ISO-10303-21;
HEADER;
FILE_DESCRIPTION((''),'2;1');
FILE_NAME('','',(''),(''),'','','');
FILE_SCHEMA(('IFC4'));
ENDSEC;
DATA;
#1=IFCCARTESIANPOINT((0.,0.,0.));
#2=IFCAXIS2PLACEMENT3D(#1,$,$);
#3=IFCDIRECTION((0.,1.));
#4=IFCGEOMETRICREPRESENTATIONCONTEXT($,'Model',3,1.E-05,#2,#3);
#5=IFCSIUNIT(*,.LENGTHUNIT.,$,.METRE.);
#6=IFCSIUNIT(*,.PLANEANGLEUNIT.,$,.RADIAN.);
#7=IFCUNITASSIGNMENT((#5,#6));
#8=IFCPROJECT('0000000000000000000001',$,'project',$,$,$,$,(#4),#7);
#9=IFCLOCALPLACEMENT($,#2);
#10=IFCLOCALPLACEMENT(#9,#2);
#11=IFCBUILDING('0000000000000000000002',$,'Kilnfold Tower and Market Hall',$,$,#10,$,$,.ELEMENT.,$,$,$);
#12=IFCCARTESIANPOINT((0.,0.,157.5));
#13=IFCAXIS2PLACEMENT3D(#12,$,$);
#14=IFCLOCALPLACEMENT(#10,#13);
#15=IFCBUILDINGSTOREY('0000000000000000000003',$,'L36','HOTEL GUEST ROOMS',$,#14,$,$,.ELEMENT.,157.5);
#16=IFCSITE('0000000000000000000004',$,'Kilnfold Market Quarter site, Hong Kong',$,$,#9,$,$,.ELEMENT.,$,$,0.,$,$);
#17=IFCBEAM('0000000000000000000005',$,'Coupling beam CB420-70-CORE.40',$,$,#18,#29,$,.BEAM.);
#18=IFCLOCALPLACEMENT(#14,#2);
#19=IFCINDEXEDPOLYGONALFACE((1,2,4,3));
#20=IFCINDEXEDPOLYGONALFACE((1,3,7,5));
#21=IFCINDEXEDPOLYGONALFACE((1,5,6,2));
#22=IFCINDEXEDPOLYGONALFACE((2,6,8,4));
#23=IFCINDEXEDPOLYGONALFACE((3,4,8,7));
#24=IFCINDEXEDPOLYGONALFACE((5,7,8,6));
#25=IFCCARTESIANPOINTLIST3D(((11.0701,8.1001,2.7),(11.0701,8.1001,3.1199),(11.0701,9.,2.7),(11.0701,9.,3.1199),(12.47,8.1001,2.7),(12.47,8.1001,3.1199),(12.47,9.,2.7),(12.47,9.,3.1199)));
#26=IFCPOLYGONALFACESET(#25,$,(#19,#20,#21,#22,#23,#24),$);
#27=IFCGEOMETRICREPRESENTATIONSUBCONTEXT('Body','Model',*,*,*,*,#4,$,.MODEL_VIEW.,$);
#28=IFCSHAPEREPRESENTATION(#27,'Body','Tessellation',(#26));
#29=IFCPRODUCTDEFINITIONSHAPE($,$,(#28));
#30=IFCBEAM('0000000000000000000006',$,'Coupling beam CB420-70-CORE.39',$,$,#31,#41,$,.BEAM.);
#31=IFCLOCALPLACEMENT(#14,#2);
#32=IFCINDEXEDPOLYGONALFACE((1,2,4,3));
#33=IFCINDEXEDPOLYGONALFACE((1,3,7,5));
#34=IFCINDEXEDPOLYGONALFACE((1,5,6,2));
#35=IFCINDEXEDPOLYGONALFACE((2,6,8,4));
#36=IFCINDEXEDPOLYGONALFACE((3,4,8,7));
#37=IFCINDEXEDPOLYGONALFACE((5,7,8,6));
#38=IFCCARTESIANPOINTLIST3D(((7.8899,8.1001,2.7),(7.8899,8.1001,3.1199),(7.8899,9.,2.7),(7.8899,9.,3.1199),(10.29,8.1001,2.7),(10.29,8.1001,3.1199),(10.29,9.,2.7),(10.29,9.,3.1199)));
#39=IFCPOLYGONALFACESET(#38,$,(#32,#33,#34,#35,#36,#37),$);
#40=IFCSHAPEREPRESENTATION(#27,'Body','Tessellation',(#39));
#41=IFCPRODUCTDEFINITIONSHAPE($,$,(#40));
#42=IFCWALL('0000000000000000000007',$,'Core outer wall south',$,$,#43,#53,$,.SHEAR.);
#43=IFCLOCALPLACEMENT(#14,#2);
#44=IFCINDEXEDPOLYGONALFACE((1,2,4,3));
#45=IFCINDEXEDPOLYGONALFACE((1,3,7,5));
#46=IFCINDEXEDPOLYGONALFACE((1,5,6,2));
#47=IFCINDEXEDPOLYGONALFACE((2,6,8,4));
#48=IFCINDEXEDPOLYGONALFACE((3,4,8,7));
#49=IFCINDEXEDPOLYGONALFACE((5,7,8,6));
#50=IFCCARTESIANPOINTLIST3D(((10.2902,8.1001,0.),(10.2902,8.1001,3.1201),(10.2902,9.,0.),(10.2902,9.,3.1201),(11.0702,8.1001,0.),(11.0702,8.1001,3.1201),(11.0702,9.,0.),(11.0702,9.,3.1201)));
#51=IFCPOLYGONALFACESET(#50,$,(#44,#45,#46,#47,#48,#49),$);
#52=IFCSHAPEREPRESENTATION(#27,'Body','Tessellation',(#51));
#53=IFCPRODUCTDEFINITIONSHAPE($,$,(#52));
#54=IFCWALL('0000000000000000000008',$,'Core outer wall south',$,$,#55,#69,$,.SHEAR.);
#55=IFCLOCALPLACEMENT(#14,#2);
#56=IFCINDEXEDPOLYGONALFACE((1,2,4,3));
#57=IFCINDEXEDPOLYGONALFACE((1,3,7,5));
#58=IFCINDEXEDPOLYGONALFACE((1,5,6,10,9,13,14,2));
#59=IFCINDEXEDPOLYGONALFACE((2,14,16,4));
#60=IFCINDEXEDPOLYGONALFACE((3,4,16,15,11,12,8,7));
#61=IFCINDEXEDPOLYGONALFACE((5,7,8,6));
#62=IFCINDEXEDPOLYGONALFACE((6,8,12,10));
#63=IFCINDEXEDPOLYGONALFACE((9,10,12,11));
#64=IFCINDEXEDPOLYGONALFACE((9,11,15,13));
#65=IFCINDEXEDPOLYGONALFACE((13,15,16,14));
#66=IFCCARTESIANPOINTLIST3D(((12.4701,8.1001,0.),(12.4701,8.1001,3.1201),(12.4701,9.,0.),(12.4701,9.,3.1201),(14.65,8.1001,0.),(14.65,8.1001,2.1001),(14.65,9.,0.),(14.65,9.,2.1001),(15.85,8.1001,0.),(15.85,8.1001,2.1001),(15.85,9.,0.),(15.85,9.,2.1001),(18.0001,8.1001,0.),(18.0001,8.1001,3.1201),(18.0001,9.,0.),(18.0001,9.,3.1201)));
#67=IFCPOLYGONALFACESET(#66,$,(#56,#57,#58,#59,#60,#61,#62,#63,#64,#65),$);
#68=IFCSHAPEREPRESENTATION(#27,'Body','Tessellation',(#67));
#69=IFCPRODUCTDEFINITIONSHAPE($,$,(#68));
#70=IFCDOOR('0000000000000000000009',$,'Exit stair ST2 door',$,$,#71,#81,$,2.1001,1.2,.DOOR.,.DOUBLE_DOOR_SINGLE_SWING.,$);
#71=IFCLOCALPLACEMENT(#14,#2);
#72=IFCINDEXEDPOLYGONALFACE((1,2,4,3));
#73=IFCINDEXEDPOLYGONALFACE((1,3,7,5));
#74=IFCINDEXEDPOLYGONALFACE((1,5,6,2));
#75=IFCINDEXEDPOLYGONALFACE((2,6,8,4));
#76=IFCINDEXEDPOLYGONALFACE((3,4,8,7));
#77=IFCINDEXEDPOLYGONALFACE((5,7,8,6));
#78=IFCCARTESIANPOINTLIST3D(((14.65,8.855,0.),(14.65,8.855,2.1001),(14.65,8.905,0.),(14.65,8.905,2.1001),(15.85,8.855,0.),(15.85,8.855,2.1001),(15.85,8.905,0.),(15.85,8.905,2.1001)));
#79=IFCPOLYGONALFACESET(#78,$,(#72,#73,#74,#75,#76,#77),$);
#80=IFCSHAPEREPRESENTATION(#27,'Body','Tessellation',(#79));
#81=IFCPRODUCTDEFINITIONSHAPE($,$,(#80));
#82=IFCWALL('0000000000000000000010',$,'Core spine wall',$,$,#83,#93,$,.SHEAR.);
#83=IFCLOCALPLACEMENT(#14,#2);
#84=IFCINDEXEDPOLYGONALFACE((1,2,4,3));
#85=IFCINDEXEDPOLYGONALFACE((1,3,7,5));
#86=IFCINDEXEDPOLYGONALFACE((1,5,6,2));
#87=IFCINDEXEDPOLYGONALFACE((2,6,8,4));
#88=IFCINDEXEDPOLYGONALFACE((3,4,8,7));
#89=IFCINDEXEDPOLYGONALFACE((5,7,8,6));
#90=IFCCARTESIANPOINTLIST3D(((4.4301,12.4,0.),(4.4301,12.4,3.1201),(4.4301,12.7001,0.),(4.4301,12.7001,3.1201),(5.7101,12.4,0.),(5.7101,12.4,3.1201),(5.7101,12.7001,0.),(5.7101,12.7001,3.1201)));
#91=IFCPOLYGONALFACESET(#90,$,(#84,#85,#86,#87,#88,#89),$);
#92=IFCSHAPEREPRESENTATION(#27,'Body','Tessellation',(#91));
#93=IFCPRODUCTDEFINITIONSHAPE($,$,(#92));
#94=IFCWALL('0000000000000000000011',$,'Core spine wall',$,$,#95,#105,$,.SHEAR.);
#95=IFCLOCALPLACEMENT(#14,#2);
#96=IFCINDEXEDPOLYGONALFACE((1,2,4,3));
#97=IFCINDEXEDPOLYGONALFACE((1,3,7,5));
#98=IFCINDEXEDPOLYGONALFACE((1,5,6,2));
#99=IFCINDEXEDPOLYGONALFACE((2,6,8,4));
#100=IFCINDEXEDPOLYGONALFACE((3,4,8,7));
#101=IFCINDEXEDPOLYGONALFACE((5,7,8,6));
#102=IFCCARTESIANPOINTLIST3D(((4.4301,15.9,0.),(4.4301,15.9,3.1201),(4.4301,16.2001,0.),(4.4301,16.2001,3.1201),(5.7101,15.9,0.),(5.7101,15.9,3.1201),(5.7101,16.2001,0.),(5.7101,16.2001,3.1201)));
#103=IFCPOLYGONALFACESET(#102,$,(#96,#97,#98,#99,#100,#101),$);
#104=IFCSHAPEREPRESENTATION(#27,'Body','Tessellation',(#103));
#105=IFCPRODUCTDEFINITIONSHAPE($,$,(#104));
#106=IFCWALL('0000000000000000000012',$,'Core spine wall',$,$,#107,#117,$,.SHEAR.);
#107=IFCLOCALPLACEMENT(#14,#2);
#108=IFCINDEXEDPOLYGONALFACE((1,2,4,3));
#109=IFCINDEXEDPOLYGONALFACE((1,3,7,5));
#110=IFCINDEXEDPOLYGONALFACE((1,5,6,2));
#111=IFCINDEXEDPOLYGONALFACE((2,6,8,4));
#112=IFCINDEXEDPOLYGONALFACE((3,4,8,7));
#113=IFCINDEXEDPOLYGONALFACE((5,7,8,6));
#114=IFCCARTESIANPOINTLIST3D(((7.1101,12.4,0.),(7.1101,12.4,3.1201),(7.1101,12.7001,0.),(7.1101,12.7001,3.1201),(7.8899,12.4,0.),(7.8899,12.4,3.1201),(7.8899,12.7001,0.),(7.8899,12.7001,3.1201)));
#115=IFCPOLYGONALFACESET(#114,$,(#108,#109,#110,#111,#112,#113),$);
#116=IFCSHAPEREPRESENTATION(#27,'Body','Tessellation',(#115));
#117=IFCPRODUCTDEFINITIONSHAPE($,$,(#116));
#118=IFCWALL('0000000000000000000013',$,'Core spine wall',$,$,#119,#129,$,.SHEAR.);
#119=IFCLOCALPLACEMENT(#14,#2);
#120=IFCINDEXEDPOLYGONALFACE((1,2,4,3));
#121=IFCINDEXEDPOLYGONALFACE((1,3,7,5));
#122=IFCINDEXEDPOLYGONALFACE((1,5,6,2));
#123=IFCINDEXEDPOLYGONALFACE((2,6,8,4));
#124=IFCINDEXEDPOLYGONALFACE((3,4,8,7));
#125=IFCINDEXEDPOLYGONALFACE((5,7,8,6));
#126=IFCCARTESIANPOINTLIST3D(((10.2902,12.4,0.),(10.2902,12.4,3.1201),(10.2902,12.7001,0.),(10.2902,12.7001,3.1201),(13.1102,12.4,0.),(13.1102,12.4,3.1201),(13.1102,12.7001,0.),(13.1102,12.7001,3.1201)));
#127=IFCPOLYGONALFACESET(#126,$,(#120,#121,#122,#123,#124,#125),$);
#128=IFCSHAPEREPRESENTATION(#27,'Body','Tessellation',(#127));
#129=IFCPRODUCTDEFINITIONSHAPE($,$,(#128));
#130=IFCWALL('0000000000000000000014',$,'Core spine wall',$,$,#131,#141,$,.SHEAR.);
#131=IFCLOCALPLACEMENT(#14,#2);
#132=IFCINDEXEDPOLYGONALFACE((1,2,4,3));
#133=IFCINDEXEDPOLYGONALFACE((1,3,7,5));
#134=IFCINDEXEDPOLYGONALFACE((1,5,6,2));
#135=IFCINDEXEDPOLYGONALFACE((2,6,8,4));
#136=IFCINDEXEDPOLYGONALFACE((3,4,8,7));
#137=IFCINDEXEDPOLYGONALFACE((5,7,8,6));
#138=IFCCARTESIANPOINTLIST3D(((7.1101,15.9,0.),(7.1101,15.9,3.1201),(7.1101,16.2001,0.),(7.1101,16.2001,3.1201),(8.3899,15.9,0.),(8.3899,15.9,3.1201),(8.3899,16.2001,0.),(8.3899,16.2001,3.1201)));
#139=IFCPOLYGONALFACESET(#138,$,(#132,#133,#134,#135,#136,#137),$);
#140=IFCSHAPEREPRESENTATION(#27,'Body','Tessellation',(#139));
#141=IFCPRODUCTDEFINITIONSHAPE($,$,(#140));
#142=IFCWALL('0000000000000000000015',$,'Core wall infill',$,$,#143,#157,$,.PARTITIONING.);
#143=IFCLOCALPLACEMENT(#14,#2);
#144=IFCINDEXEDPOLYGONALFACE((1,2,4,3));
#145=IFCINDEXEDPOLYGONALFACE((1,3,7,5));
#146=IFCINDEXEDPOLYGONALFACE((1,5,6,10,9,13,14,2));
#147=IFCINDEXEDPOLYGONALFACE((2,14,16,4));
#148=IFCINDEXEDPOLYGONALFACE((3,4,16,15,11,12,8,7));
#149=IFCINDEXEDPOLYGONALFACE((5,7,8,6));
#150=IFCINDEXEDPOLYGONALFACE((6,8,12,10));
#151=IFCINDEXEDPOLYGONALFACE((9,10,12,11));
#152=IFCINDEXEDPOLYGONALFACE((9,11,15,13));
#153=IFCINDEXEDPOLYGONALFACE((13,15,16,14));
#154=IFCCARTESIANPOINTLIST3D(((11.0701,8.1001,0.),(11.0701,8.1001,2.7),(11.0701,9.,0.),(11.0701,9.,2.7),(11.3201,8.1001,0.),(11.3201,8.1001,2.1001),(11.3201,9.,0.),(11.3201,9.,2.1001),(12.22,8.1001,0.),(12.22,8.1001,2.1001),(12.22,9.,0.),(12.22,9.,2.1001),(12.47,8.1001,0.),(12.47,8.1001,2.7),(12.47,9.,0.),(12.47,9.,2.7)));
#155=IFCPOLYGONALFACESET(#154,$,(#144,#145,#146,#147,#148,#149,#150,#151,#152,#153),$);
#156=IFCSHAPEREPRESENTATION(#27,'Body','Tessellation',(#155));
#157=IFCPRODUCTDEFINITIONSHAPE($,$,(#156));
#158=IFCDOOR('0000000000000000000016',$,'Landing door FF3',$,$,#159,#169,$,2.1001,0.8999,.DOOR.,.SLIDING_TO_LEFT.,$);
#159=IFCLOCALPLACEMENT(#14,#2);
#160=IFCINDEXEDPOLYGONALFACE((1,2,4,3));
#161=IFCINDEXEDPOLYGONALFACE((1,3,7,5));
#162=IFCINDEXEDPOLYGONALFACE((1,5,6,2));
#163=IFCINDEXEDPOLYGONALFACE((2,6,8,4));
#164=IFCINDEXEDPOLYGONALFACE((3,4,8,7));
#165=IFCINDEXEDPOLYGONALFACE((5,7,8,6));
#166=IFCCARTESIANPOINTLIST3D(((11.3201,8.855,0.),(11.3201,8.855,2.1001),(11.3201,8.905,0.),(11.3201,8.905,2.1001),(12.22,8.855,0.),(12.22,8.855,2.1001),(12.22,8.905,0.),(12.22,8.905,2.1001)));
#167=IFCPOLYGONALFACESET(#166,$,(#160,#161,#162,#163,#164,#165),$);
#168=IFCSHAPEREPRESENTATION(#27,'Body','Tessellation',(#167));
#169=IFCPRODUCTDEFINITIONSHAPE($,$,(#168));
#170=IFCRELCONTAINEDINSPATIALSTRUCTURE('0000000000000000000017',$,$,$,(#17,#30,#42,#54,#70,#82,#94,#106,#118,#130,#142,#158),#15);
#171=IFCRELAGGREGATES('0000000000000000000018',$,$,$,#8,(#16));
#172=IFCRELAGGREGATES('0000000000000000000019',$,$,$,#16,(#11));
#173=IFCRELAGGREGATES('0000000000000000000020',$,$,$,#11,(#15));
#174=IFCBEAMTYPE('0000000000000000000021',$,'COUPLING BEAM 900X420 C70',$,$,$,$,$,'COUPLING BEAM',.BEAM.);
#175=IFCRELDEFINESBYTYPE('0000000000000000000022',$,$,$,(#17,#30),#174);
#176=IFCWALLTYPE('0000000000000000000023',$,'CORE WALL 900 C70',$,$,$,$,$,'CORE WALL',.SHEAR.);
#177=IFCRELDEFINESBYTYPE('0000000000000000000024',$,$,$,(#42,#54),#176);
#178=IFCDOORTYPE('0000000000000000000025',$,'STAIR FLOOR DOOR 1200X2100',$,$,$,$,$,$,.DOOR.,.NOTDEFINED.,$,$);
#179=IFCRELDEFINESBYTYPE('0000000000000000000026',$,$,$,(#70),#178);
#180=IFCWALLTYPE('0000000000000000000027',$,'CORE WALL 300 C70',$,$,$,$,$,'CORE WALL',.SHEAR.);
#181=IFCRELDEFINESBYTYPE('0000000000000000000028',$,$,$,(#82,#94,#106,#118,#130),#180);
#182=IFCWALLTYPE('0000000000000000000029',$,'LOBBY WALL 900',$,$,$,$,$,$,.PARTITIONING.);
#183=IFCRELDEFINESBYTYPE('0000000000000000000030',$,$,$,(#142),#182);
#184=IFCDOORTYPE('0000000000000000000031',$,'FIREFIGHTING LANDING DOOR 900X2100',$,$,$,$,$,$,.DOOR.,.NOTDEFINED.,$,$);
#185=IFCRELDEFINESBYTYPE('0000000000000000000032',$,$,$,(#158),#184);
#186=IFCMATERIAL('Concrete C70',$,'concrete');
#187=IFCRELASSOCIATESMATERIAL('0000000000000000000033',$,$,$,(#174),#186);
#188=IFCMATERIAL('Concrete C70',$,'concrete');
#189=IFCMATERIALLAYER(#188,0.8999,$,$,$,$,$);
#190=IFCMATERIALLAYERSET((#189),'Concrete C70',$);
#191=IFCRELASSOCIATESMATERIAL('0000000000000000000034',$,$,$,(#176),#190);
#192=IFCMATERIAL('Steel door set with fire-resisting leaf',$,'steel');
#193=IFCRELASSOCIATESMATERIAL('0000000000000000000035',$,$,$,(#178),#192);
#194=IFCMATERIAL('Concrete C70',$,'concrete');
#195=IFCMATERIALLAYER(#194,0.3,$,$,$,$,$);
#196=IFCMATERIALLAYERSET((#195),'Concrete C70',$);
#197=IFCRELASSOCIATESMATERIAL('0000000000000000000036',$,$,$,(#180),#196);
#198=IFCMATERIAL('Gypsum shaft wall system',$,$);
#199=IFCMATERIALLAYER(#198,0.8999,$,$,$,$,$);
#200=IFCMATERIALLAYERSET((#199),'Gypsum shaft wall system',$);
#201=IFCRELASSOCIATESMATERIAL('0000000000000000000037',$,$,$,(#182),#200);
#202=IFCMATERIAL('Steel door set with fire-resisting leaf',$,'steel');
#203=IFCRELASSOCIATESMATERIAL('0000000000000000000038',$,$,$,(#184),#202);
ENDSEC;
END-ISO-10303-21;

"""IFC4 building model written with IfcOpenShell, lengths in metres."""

from ifc_helpers import new_model, si_unit, direction, frame, frame_2d, origin, origin_2d, place, context, subcontext, project, spatial, rectangle, extrude, source, transform, mapped, material, layer, layer_set, material_profile, profile_set, type_object, element, fill, save


model = new_model("IFC4")

# Units and contexts
model_context = context("Model", 3, precision=1e-05, world=origin(), true_north=direction((0.0, 1.0)))
body_context = subcontext(model_context, "Body", "Model", "MODEL_VIEW")
ifc_project = project(units=[si_unit("LENGTHUNIT", "METRE"), si_unit("PLANEANGLEUNIT", "RADIAN")], contexts=[model_context])

# Site, building, storey
site_placement = place(None, origin())
site = spatial("IfcSite", under=ifc_project, at=site_placement, Name="Kilnfold Market Quarter site, Hong Kong", CompositionType="ELEMENT", RefElevation=0.0)
building_placement = place(site_placement, origin())
building = spatial("IfcBuilding", under=site, at=building_placement, Name="Kilnfold Tower and Market Hall", CompositionType="ELEMENT")
storey_placement = place(building_placement, frame((0.0, 0.0, 157.5)))
storey = spatial("IfcBuildingStorey", under=building, at=storey_placement, Name="L36", Description="HOTEL GUEST ROOMS", CompositionType="ELEMENT", Elevation=157.5)

# Beams
ifc_material_1 = material(Name="Concrete C70", Category="concrete")
ifc_material_profile = material_profile(ifc_material_1, rectangle(XDim=0.8999, YDim=0.4199, at=origin_2d()), Name="RC 900x420")
ifc_profile_set = profile_set([ifc_material_profile], Name="Concrete C70")
beam_type = type_object("IfcBeamType", Name="COUPLING BEAM 900X420 C70", ElementType="COUPLING BEAM", PredefinedType="BEAM", material=ifc_profile_set)
shared_shape_1 = source(origin(), body_context, "Body", "SweptSolid", [
    extrude(rectangle(XDim=0.8999, YDim=0.4199, at=origin_2d()), origin(), (0.0, 0.0, 1.0), 1.3999),
])
beam_1_placement = place(storey_placement, frame((11.0701, 8.55, 2.9099), z_axis=(1.0, 0.0, 0.0), x_axis=(0.0, 1.0, 0.0)))
element("IfcBeam", 1, at=beam_1_placement, inside=storey, type_object=beam_type, Name="Coupling beam CB420-70-CORE.40", PredefinedType="BEAM", context=body_context, shape_type="MappedRepresentation", body=[
    mapped(shared_shape_1, transform((0.0, 0.0, 0.0))),
])
shared_shape_2 = source(origin(), body_context, "Body", "SweptSolid", [
    extrude(rectangle(XDim=0.8999, YDim=0.4199, at=origin_2d()), origin(), (0.0, 0.0, 1.0), 2.4001),
])
beam_2_placement = place(storey_placement, frame((7.8899, 8.55, 2.9099), z_axis=(1.0, 0.0, 0.0), x_axis=(0.0, 1.0, 0.0)))
element("IfcBeam", 2, at=beam_2_placement, inside=storey, type_object=beam_type, Name="Coupling beam CB420-70-CORE.39", PredefinedType="BEAM", context=body_context, shape_type="MappedRepresentation", body=[
    mapped(shared_shape_2, transform((0.0, 0.0, 0.0))),
])

# Wall
ifc_material_2 = material(Name="Concrete C70", Category="concrete")
ifc_layer_1 = layer(ifc_material_2, 0.8999)
ifc_layer_set_1 = layer_set([ifc_layer_1], Name="Concrete C70")
wall_type_1 = type_object("IfcWallType", Name="CORE WALL 900 C70", ElementType="CORE WALL", PredefinedType="SHEAR", material=ifc_layer_set_1)
shared_shape_3 = source(origin(), body_context, "Body", "SweptSolid", [
    extrude(rectangle(XDim=0.78, YDim=0.8999, at=frame_2d((0.3901, 0.0))), origin(), (0.0, 0.0, 1.0), 3.1201),
])
wall_1_placement = place(storey_placement, frame((10.29, 8.55, 0.0), z_axis=(0.0, 0.0, 1.0), x_axis=(1.0, 0.0, 0.0)))
element("IfcWall", 3, at=wall_1_placement, inside=storey, type_object=wall_type_1, Name="Core outer wall south", PredefinedType="SHEAR", context=body_context, shape_type="MappedRepresentation", body=[
    mapped(shared_shape_3, transform((0.0, 0.0, 0.0))),
])

# Wall, opening, door
shared_shape_4 = source(origin(), body_context, "Body", "SweptSolid", [
    extrude(rectangle(XDim=5.53, YDim=0.8999, at=frame_2d((2.7651, 0.0))), origin(), (0.0, 0.0, 1.0), 3.1201),
])
wall_2_placement = place(storey_placement, frame((12.47, 8.55, 0.0), z_axis=(0.0, 0.0, 1.0), x_axis=(1.0, 0.0, 0.0)))
wall_2 = element("IfcWall", 4, at=wall_2_placement, inside=storey, type_object=wall_type_1, Name="Core outer wall south", PredefinedType="SHEAR", context=body_context, shape_type="MappedRepresentation", body=[
    mapped(shared_shape_4, transform((0.0, 0.0, 0.0))),
])
opening_1_placement = place(wall_2_placement, frame((2.1799, 0.0, 0.0)))
opening_1 = element("IfcOpeningElement", 5, at=opening_1_placement, cuts=wall_2, PredefinedType="OPENING", context=body_context, shape_type="SweptSolid", body=[
    extrude(rectangle(XDim=1.2, YDim=2.1001, at=frame_2d((0.6001, 1.05))), frame((0.0, 0.46, 0.0), z_axis=(0.0, -1.0, 0.0), x_axis=(1.0, 0.0, 0.0)), (0.0, 0.0, 1.0), 0.9199),
])
ifc_material_3 = material(Name="Steel door set with fire-resisting leaf", Category="steel")
door_type_1 = type_object("IfcDoorType", Name="STAIR FLOOR DOOR 1200X2100", OperationType="NOTDEFINED", PredefinedType="DOOR", material=ifc_material_3)
door_1_placement = place(opening_1_placement, origin())
door_1 = element("IfcDoor", 6, at=door_1_placement, inside=storey, type_object=door_type_1, Name="Exit stair ST2 door", OperationType="DOUBLE_DOOR_SINGLE_SWING", OverallHeight=2.1001, OverallWidth=1.2, PredefinedType="DOOR", context=body_context, shape_type="SweptSolid", body=[
    extrude(rectangle(XDim=1.2, YDim=2.1001, at=frame_2d((0.6001, 1.05))), frame((0.0, 0.355, 0.0), z_axis=(0.0, -1.0, 0.0), x_axis=(1.0, 0.0, 0.0)), (0.0, 0.0, 1.0), 0.05),
])
fill(opening_1, door_1)

# Walls
ifc_material_4 = material(Name="Concrete C70", Category="concrete")
ifc_layer_2 = layer(ifc_material_4, 0.3)
ifc_layer_set_2 = layer_set([ifc_layer_2], Name="Concrete C70")
wall_type_2 = type_object("IfcWallType", Name="CORE WALL 300 C70", ElementType="CORE WALL", PredefinedType="SHEAR", material=ifc_layer_set_2)
shared_shape_5 = source(origin(), body_context, "Body", "SweptSolid", [
    extrude(rectangle(XDim=1.28, YDim=0.3, at=frame_2d((0.6401, 0.0))), origin(), (0.0, 0.0, 1.0), 3.1201),
])
for number, where, z_axis, x_axis, name in (
    (7, (4.4299, 12.55, 0.0), (0.0, 0.0, 1.0), (1.0, 0.0, 0.0), "Core spine wall"),
    (8, (4.4299, 16.05, 0.0), (0.0, 0.0, 1.0), (1.0, 0.0, 0.0), "Core spine wall"),
):
    element("IfcWall", number, at=place(storey_placement, frame(where, z_axis=z_axis, x_axis=x_axis)), inside=storey, type_object=wall_type_2, Name=name, PredefinedType="SHEAR", context=body_context, shape_type="MappedRepresentation", body=[
        mapped(shared_shape_5, transform((0.0, 0.0, 0.0))),
    ])
shared_shape_6 = source(origin(), body_context, "Body", "SweptSolid", [
    extrude(rectangle(XDim=0.7798, YDim=0.3, at=frame_2d((0.3899, 0.0))), origin(), (0.0, 0.0, 1.0), 3.1201),
])
wall_3_placement = place(storey_placement, frame((7.1101, 12.55, 0.0), z_axis=(0.0, 0.0, 1.0), x_axis=(1.0, 0.0, 0.0)))
element("IfcWall", 9, at=wall_3_placement, inside=storey, type_object=wall_type_2, Name="Core spine wall", PredefinedType="SHEAR", context=body_context, shape_type="MappedRepresentation", body=[
    mapped(shared_shape_6, transform((0.0, 0.0, 0.0))),
])
shared_shape_7 = source(origin(), body_context, "Body", "SweptSolid", [
    extrude(rectangle(XDim=2.8201, YDim=0.3, at=frame_2d((1.4102, 0.0))), origin(), (0.0, 0.0, 1.0), 3.1201),
])
wall_4_placement = place(storey_placement, frame((10.29, 12.55, 0.0), z_axis=(0.0, 0.0, 1.0), x_axis=(1.0, 0.0, 0.0)))
element("IfcWall", 10, at=wall_4_placement, inside=storey, type_object=wall_type_2, Name="Core spine wall", PredefinedType="SHEAR", context=body_context, shape_type="MappedRepresentation", body=[
    mapped(shared_shape_7, transform((0.0, 0.0, 0.0))),
])
shared_shape_8 = source(origin(), body_context, "Body", "SweptSolid", [
    extrude(rectangle(XDim=1.2798, YDim=0.3, at=frame_2d((0.6399, 0.0))), origin(), (0.0, 0.0, 1.0), 3.1201),
])
wall_5_placement = place(storey_placement, frame((7.1101, 16.05, 0.0), z_axis=(0.0, 0.0, 1.0), x_axis=(1.0, 0.0, 0.0)))
element("IfcWall", 11, at=wall_5_placement, inside=storey, type_object=wall_type_2, Name="Core spine wall", PredefinedType="SHEAR", context=body_context, shape_type="MappedRepresentation", body=[
    mapped(shared_shape_8, transform((0.0, 0.0, 0.0))),
])

# Wall, opening, door
ifc_material_5 = material(Name="Gypsum shaft wall system")
ifc_layer_3 = layer(ifc_material_5, 0.8999)
ifc_layer_set_3 = layer_set([ifc_layer_3], Name="Gypsum shaft wall system")
wall_type_3 = type_object("IfcWallType", Name="LOBBY WALL 900", PredefinedType="PARTITIONING", material=ifc_layer_set_3)
shared_shape_9 = source(origin(), body_context, "Body", "SweptSolid", [
    extrude(rectangle(XDim=1.3999, YDim=0.8999, at=frame_2d((0.7, 0.0))), origin(), (0.0, 0.0, 1.0), 2.7),
])
wall_6_placement = place(storey_placement, frame((11.0701, 8.55, 0.0), z_axis=(0.0, 0.0, 1.0), x_axis=(1.0, 0.0, 0.0)))
wall_6 = element("IfcWall", 12, at=wall_6_placement, inside=storey, type_object=wall_type_3, Name="Core wall infill", PredefinedType="PARTITIONING", context=body_context, shape_type="MappedRepresentation", body=[
    mapped(shared_shape_9, transform((0.0, 0.0, 0.0))),
])
opening_2_placement = place(wall_6_placement, frame((0.25, 0.0, 0.0)))
opening_2 = element("IfcOpeningElement", 13, at=opening_2_placement, cuts=wall_6, PredefinedType="OPENING", context=body_context, shape_type="SweptSolid", body=[
    extrude(rectangle(XDim=0.8999, YDim=2.1001, at=frame_2d((0.45, 1.05))), frame((0.0, 0.46, 0.0), z_axis=(0.0, -1.0, 0.0), x_axis=(1.0, 0.0, 0.0)), (0.0, 0.0, 1.0), 0.9199),
])
ifc_material_6 = material(Name="Steel door set with fire-resisting leaf", Category="steel")
door_type_2 = type_object("IfcDoorType", Name="FIREFIGHTING LANDING DOOR 900X2100", OperationType="NOTDEFINED", PredefinedType="DOOR", material=ifc_material_6)
door_2_placement = place(opening_2_placement, origin())
door_2 = element("IfcDoor", 14, at=door_2_placement, inside=storey, type_object=door_type_2, Name="Landing door FF3", OperationType="SLIDING_TO_LEFT", OverallHeight=2.1001, OverallWidth=0.8999, PredefinedType="DOOR", context=body_context, shape_type="SweptSolid", body=[
    extrude(rectangle(XDim=0.8999, YDim=2.1001, at=frame_2d((0.45, 1.05))), frame((0.0, 0.355, 0.0), z_axis=(0.0, -1.0, 0.0), x_axis=(1.0, 0.0, 0.0)), (0.0, 0.0, 1.0), 0.05),
])
fill(opening_2, door_2)

save(model, "model.ifc")
